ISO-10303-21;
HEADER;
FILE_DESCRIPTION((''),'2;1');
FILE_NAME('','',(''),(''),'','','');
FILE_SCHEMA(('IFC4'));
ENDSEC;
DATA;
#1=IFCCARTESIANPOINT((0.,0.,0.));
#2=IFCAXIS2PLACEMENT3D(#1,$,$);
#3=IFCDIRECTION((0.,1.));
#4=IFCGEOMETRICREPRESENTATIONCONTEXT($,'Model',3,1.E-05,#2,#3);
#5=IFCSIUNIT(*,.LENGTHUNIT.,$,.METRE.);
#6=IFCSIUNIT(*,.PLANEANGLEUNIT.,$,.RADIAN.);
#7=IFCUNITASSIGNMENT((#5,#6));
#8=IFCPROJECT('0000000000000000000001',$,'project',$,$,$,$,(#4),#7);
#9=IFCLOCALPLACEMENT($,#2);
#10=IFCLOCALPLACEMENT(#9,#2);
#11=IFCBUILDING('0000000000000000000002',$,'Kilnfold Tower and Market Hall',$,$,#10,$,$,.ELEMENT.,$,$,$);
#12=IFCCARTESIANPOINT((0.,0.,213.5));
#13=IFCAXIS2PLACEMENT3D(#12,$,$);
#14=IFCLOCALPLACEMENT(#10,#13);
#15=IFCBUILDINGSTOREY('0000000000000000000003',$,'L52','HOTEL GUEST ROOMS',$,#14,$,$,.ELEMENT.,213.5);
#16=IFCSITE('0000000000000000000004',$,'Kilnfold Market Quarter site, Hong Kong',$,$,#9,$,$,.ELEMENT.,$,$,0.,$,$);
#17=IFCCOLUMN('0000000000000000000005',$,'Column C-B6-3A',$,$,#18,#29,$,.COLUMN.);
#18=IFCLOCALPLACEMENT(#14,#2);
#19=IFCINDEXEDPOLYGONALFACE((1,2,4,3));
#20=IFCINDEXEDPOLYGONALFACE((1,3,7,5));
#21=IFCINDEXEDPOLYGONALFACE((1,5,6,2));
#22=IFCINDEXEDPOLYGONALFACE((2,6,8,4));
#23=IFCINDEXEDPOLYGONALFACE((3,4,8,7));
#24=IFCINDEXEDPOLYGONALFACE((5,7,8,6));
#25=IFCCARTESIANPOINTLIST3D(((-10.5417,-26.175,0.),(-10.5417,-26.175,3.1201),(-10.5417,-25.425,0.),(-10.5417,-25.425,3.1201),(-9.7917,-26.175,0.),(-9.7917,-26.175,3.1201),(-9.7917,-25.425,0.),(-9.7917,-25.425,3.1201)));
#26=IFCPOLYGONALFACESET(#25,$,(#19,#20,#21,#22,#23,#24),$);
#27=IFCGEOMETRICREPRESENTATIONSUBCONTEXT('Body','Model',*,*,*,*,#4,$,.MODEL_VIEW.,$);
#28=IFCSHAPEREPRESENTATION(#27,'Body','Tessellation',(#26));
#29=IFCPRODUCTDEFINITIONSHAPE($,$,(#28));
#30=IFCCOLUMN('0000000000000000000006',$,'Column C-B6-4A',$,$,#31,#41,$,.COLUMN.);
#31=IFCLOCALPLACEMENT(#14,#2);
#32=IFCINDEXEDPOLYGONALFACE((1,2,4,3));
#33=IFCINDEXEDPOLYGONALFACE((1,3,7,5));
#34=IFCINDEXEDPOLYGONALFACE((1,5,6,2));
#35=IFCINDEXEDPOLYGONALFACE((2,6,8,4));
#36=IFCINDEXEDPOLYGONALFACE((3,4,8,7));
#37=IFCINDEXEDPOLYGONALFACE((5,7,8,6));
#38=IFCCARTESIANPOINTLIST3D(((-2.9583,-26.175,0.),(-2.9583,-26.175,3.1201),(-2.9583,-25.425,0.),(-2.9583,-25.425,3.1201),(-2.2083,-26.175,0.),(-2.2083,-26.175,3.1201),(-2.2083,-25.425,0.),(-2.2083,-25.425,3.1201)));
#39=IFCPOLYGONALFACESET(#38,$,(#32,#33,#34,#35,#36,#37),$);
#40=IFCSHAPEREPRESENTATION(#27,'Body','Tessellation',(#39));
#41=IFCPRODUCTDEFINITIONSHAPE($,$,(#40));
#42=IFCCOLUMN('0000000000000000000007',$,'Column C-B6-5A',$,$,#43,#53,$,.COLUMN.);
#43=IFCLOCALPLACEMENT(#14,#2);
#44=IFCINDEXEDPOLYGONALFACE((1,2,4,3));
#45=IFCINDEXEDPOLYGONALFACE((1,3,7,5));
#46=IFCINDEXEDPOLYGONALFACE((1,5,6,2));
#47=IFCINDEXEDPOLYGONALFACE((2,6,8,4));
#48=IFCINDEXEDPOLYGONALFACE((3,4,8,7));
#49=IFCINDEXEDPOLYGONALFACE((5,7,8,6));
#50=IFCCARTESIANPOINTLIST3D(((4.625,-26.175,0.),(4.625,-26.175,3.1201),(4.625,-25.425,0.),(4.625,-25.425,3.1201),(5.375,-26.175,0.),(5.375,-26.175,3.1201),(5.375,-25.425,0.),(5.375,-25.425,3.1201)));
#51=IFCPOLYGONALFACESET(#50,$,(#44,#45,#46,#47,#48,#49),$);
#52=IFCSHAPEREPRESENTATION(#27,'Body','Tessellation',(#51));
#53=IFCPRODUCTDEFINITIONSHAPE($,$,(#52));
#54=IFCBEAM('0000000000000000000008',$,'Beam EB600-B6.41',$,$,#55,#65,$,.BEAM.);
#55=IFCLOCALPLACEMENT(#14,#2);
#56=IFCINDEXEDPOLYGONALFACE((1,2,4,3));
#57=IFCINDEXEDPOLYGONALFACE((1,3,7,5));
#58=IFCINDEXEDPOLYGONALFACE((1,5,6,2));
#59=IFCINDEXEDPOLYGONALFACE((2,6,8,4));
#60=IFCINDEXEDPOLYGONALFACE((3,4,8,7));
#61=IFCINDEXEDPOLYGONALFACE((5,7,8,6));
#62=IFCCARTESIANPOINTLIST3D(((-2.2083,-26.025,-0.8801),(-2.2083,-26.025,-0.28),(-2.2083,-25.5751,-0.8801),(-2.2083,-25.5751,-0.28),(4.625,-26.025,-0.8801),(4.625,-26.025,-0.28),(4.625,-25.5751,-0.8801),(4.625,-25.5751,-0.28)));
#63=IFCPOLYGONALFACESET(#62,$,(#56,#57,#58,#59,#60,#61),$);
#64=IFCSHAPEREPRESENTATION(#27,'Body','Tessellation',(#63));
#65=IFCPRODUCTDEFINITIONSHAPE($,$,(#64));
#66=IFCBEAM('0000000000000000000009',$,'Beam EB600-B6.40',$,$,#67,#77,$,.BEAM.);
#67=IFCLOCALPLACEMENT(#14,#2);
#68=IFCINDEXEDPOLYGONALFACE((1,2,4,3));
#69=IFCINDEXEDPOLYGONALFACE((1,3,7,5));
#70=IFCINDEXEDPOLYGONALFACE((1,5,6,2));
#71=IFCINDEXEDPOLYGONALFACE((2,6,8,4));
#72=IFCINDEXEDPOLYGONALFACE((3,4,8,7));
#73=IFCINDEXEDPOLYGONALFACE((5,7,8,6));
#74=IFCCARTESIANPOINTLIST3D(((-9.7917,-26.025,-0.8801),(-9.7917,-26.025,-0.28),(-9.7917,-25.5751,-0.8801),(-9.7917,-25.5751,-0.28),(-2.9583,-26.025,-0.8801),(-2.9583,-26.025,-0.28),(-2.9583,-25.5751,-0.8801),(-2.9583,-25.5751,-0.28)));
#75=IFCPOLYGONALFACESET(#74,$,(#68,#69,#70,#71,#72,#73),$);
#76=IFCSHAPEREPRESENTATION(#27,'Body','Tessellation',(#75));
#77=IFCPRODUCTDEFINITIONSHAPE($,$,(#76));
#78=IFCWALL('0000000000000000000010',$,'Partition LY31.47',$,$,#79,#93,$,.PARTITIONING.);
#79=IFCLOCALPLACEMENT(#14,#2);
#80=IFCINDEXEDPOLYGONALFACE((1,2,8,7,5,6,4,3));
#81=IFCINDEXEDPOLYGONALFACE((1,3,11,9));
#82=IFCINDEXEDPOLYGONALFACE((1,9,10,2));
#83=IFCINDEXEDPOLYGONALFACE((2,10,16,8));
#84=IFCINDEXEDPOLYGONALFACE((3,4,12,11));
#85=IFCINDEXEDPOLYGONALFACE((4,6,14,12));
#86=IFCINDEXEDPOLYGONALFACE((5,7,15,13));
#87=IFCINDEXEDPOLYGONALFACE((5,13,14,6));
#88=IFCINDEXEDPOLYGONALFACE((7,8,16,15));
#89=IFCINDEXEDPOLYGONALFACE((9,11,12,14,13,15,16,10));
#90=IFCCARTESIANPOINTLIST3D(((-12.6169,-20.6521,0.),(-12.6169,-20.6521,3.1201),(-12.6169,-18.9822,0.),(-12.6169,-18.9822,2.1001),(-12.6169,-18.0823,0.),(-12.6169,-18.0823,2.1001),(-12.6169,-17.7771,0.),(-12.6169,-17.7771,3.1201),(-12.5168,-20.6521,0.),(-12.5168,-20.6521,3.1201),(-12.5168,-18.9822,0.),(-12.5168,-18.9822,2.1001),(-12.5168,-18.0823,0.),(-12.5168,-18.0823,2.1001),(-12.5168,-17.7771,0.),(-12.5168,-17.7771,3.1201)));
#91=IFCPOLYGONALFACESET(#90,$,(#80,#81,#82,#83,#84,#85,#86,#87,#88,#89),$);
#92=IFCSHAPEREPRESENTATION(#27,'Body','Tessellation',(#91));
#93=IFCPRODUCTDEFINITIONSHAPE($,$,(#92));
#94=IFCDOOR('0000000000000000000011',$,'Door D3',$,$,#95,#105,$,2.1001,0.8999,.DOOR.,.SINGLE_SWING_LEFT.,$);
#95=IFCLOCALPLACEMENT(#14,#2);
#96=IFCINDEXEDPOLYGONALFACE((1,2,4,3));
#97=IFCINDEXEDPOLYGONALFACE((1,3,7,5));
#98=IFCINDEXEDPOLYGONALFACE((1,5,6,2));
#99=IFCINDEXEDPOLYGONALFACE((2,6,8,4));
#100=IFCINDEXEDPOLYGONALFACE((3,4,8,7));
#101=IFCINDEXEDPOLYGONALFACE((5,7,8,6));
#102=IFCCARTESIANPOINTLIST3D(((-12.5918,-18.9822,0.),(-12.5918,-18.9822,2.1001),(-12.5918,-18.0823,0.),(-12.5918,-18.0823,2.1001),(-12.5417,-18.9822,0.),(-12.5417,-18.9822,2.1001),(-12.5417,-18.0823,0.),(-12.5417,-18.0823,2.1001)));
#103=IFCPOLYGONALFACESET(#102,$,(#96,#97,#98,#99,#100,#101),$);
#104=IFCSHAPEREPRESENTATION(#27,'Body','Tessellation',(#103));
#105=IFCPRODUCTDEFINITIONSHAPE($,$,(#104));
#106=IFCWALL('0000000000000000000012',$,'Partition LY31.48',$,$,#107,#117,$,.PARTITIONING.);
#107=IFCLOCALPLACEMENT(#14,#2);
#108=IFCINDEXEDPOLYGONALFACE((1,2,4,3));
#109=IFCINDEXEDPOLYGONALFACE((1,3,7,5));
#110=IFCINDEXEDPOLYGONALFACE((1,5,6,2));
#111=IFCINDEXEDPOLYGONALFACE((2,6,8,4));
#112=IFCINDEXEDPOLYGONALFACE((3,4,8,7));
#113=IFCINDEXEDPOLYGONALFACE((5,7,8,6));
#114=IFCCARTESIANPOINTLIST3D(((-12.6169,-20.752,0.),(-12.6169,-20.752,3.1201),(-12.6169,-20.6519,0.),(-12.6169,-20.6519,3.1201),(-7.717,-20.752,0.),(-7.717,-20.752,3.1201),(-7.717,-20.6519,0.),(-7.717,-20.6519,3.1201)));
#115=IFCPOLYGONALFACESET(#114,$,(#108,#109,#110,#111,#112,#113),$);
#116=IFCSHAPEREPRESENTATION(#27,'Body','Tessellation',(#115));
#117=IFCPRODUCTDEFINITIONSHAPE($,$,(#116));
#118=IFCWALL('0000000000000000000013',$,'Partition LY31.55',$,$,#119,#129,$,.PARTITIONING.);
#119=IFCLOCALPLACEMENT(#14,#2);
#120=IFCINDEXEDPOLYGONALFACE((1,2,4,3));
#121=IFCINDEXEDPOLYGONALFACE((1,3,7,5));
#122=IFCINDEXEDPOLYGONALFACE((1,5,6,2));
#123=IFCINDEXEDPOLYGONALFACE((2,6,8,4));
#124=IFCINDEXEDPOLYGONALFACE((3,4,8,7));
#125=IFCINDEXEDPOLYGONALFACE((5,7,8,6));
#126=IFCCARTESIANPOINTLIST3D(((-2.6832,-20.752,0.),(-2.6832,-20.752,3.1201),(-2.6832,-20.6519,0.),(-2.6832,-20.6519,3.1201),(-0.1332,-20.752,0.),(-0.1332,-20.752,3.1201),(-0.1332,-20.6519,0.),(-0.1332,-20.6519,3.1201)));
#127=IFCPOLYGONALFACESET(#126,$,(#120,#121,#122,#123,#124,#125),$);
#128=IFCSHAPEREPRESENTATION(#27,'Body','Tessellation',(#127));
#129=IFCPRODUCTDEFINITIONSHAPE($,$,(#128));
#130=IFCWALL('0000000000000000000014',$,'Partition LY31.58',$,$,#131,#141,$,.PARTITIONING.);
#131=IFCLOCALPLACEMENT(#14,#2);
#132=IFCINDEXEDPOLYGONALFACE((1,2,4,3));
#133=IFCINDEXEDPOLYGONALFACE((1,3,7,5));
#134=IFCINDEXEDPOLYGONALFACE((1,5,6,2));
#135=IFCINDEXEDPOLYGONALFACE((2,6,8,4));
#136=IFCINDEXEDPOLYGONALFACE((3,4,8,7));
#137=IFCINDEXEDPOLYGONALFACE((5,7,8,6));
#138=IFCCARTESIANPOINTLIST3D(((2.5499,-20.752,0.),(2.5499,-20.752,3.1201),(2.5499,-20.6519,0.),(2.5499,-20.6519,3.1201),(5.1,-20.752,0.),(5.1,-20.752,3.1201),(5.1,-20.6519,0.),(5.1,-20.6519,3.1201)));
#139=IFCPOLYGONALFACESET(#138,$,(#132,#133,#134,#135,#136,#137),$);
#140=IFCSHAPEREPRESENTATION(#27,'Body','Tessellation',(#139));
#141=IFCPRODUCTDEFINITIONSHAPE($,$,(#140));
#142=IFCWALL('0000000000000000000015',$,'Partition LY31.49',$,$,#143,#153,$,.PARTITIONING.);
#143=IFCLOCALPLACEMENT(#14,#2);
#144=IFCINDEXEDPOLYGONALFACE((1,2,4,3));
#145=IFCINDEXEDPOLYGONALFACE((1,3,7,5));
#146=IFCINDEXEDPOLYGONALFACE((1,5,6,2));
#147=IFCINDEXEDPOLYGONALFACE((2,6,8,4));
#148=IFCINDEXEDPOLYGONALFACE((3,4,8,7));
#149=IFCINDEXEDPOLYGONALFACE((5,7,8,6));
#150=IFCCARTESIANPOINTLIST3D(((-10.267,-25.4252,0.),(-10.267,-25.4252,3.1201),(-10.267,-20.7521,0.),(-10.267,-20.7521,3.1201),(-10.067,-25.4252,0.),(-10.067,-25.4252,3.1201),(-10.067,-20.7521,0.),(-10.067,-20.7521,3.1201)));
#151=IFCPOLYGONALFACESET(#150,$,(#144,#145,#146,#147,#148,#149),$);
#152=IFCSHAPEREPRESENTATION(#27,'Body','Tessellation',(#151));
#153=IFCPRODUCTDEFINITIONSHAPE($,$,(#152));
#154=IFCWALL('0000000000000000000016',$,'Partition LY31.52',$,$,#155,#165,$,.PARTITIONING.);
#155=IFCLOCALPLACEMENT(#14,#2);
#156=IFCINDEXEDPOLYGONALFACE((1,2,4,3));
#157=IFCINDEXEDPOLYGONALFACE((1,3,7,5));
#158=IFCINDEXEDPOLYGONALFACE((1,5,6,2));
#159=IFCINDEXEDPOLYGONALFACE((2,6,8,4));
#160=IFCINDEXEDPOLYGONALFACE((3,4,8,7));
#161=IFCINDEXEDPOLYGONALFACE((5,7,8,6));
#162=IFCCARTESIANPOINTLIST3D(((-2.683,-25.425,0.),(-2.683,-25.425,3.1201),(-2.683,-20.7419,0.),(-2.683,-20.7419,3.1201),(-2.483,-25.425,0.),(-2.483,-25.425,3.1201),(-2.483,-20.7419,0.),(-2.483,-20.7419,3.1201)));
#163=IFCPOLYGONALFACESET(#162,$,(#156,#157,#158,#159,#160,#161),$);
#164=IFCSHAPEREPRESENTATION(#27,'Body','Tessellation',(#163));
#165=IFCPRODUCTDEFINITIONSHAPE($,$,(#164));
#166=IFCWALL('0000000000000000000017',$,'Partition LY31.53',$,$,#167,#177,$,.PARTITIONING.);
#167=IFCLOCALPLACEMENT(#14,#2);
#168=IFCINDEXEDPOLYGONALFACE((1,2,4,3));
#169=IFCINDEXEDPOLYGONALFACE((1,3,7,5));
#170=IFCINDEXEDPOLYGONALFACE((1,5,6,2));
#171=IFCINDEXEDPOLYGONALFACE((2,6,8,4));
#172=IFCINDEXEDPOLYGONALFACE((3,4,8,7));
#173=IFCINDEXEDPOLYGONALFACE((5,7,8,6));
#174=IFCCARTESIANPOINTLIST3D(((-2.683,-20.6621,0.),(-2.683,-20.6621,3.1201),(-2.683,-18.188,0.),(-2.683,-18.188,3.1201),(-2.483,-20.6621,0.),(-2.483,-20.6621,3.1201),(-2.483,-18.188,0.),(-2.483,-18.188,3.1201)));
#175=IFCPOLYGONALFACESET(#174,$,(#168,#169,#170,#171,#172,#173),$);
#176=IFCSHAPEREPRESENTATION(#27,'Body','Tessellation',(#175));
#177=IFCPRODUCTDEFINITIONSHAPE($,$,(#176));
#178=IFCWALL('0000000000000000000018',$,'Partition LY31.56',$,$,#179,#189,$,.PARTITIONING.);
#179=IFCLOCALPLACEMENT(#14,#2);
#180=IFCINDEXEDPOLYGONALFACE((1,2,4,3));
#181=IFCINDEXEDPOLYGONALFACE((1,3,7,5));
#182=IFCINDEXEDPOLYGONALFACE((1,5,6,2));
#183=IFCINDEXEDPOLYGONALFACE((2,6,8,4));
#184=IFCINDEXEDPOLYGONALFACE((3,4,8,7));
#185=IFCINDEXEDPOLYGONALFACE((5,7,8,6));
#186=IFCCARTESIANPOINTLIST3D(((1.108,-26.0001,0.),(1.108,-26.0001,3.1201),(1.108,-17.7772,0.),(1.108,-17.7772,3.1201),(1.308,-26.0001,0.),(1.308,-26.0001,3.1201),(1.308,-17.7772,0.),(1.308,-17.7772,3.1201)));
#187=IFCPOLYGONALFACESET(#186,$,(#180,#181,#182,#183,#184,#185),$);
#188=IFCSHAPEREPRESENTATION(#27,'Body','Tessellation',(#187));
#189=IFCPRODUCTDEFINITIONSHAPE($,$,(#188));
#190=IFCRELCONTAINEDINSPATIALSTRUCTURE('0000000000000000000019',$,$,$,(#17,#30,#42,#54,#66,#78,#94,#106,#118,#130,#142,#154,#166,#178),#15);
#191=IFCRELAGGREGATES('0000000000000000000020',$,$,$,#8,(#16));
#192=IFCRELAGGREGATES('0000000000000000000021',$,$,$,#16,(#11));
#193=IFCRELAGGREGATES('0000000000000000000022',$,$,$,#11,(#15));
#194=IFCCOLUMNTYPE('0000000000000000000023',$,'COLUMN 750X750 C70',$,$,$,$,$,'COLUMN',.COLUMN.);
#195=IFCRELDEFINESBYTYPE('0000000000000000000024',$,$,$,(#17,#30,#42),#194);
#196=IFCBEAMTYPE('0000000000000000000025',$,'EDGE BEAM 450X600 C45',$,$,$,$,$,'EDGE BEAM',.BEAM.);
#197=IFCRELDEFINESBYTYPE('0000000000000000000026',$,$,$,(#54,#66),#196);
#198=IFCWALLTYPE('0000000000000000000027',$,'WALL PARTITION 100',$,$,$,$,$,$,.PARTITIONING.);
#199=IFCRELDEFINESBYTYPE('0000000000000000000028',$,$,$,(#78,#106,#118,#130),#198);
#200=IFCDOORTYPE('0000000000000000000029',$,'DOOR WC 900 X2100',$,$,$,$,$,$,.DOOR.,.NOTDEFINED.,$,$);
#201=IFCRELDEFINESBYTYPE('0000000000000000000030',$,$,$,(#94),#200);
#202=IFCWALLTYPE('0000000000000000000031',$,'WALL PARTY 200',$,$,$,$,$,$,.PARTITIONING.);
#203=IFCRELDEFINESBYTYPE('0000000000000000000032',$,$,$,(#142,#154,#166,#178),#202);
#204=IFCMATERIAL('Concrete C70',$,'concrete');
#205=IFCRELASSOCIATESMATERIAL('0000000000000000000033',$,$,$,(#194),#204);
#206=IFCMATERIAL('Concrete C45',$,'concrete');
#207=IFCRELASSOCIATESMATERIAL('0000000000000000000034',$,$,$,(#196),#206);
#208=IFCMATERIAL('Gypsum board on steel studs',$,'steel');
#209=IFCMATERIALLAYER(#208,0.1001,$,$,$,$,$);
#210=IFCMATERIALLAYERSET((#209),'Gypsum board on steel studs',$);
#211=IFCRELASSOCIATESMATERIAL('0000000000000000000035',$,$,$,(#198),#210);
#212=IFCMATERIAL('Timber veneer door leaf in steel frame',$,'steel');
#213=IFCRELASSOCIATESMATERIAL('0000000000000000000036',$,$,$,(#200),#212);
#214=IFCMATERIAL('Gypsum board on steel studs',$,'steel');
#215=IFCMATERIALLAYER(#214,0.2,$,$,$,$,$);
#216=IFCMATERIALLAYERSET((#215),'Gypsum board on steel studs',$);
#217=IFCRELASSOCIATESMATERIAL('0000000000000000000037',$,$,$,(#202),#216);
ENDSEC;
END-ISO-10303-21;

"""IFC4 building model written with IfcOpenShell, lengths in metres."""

from ifc_helpers import new_model, si_unit, direction, frame, frame_2d, origin, origin_2d, place, context, subcontext, project, spatial, rectangle, extrude, source, transform, mapped, material, layer, layer_set, material_profile, profile_set, type_object, element, fill, save


model = new_model("IFC4")

# Units and contexts
model_context = context("Model", 3, precision=1e-05, world=origin(), true_north=direction((0.0, 1.0)))
body_context = subcontext(model_context, "Body", "Model", "MODEL_VIEW")
ifc_project = project(units=[si_unit("LENGTHUNIT", "METRE"), si_unit("PLANEANGLEUNIT", "RADIAN")], contexts=[model_context])

# Site, building, storey
site_placement = place(None, origin())
site = spatial("IfcSite", under=ifc_project, at=site_placement, Name="Kilnfold Market Quarter site, Hong Kong", CompositionType="ELEMENT", RefElevation=0.0)
building_placement = place(site_placement, origin())
building = spatial("IfcBuilding", under=site, at=building_placement, Name="Kilnfold Tower and Market Hall", CompositionType="ELEMENT")
storey_placement = place(building_placement, frame((0.0, 0.0, 213.5)))
storey = spatial("IfcBuildingStorey", under=building, at=storey_placement, Name="L52", Description="HOTEL GUEST ROOMS", CompositionType="ELEMENT", Elevation=213.5)

# Columns
ifc_material_1 = material(Name="Concrete C70", Category="concrete")
ifc_material_profile_1 = material_profile(ifc_material_1, rectangle(XDim=0.75, YDim=0.75, at=origin_2d()), Name="RC 750x750")
ifc_profile_set_1 = profile_set([ifc_material_profile_1], Name="Concrete C70")
column_type = type_object("IfcColumnType", Name="COLUMN 750X750 C70", ElementType="COLUMN", PredefinedType="COLUMN", material=ifc_profile_set_1)
shared_shape_1 = source(origin(), body_context, "Body", "SweptSolid", [
    extrude(rectangle(XDim=0.75, YDim=0.75, at=origin_2d()), origin(), (0.0, 0.0, 1.0), 3.1201),
])
for number, where, z_axis, x_axis, name in (
    (1, (-10.1667, -25.8, 0.0), (0.0, 0.0, 1.0), (1.0, 0.0, 0.0), "Column C-B6-3A"),
    (2, (-2.5833, -25.8, 0.0), (0.0, 0.0, 1.0), (1.0, 0.0, 0.0), "Column C-B6-4A"),
    (3, (5.0, -25.8, 0.0), (0.0, 0.0, 1.0), (1.0, 0.0, 0.0), "Column C-B6-5A"),
):
    element("IfcColumn", number, at=place(storey_placement, frame(where, z_axis=z_axis, x_axis=x_axis)), inside=storey, type_object=column_type, Name=name, PredefinedType="COLUMN", context=body_context, shape_type="MappedRepresentation", body=[
        mapped(shared_shape_1, transform((0.0, 0.0, 0.0))),
    ])

# Beams
ifc_material_2 = material(Name="Concrete C45", Category="concrete")
ifc_material_profile_2 = material_profile(ifc_material_2, rectangle(XDim=0.45, YDim=0.6001, at=origin_2d()), Name="RC 450x600")
ifc_profile_set_2 = profile_set([ifc_material_profile_2], Name="Concrete C45")
beam_type = type_object("IfcBeamType", Name="EDGE BEAM 450X600 C45", ElementType="EDGE BEAM", PredefinedType="BEAM", material=ifc_profile_set_2)
shared_shape_2 = source(origin(), body_context, "Body", "SweptSolid", [
    extrude(rectangle(XDim=0.45, YDim=0.6001, at=origin_2d()), origin(), (0.0, 0.0, 1.0), 6.8333),
])
beam_1_placement = place(storey_placement, frame((-2.2083, -25.8, -0.5801), z_axis=(1.0, 0.0, 0.0), x_axis=(0.0, 1.0, 0.0)))
element("IfcBeam", 4, at=beam_1_placement, inside=storey, type_object=beam_type, Name="Beam EB600-B6.41", PredefinedType="BEAM", context=body_context, shape_type="MappedRepresentation", body=[
    mapped(shared_shape_2, transform((0.0, 0.0, 0.0))),
])
shared_shape_3 = source(origin(), body_context, "Body", "SweptSolid", [
    extrude(rectangle(XDim=0.45, YDim=0.6001, at=origin_2d()), origin(), (0.0, 0.0, 1.0), 6.8335),
])
beam_2_placement = place(storey_placement, frame((-9.7917, -25.8, -0.5801), z_axis=(1.0, 0.0, 0.0), x_axis=(0.0, 1.0, 0.0)))
element("IfcBeam", 5, at=beam_2_placement, inside=storey, type_object=beam_type, Name="Beam EB600-B6.40", PredefinedType="BEAM", context=body_context, shape_type="MappedRepresentation", body=[
    mapped(shared_shape_3, transform((0.0, 0.0, 0.0))),
])

# Wall, opening, door
ifc_material_3 = material(Name="Gypsum board on steel studs", Category="steel")
ifc_layer_1 = layer(ifc_material_3, 0.1001)
ifc_layer_set_1 = layer_set([ifc_layer_1], Name="Gypsum board on steel studs")
wall_type_1 = type_object("IfcWallType", Name="WALL PARTITION 100", PredefinedType="PARTITIONING", material=ifc_layer_set_1)
wall_1_placement = place(storey_placement, frame((-12.5669, -20.6521, 0.0), z_axis=(0.0, 0.0, 1.0), x_axis=(0.0, 1.0, 0.0)))
wall_1 = element("IfcWall", 6, at=wall_1_placement, inside=storey, type_object=wall_type_1, Name="Partition LY31.47", PredefinedType="PARTITIONING", context=body_context, shape_type="SweptSolid", body=[
    extrude(rectangle(XDim=2.875, YDim=0.1001, at=frame_2d((1.4375, 0.0))), origin(), (0.0, 0.0, 1.0), 3.1201),
])
opening_1_placement = place(wall_1_placement, frame((1.6699, 0.0, 0.0)))
opening_1 = element("IfcOpeningElement", 7, at=opening_1_placement, cuts=wall_1, PredefinedType="OPENING", context=body_context, shape_type="SweptSolid", body=[
    extrude(rectangle(XDim=0.8999, YDim=2.1001, at=frame_2d((0.45, 1.05))), frame((0.0, 0.0601, 0.0), z_axis=(0.0, -1.0, 0.0), x_axis=(1.0, 0.0, 0.0)), (0.0, 0.0, 1.0), 0.1201),
])
ifc_material_4 = material(Name="Timber veneer door leaf in steel frame", Category="steel")
door_type = type_object("IfcDoorType", Name="DOOR WC 900 X2100", OperationType="NOTDEFINED", PredefinedType="DOOR", material=ifc_material_4)
door_placement = place(opening_1_placement, origin())
door = element("IfcDoor", 8, at=door_placement, inside=storey, type_object=door_type, Name="Door D3", OperationType="SINGLE_SWING_LEFT", OverallHeight=2.1001, OverallWidth=0.8999, PredefinedType="DOOR", context=body_context, shape_type="SweptSolid", body=[
    extrude(rectangle(XDim=0.8999, YDim=2.1001, at=frame_2d((0.45, 1.05))), frame((0.0, 0.0249, 0.0), z_axis=(0.0, -1.0, 0.0), x_axis=(1.0, 0.0, 0.0)), (0.0, 0.0, 1.0), 0.05),
])
fill(opening_1, door)

# Walls
wall_2_placement = place(storey_placement, frame((-12.6169, -20.7019, 0.0), z_axis=(0.0, 0.0, 1.0), x_axis=(1.0, 0.0, 0.0)))
element("IfcWall", 9, at=wall_2_placement, inside=storey, type_object=wall_type_1, Name="Partition LY31.48", PredefinedType="PARTITIONING", context=body_context, shape_type="SweptSolid", body=[
    extrude(rectangle(XDim=4.8999, YDim=0.1001, at=frame_2d((2.45, 0.0))), origin(), (0.0, 0.0, 1.0), 3.1201),
])
for number, where, z_axis, x_axis, name in (
    (10, (-2.6831, -20.7019, 0.0), (0.0, 0.0, 1.0), (1.0, 0.0, 0.0), "Partition LY31.55"),
    (11, (2.55, -20.7019, 0.0), (0.0, 0.0, 1.0), (1.0, 0.0, 0.0), "Partition LY31.58"),
):
    element("IfcWall", number, at=place(storey_placement, frame(where, z_axis=z_axis, x_axis=x_axis)), inside=storey, type_object=wall_type_1, Name=name, PredefinedType="PARTITIONING", context=body_context, shape_type="SweptSolid", body=[
        extrude(rectangle(XDim=2.55, YDim=0.1001, at=frame_2d((1.2749, 0.0))), origin(), (0.0, 0.0, 1.0), 3.1201),
    ])
ifc_material_5 = material(Name="Gypsum board on steel studs", Category="steel")
ifc_layer_2 = layer(ifc_material_5, 0.2)
ifc_layer_set_2 = layer_set([ifc_layer_2], Name="Gypsum board on steel studs")
wall_type_2 = type_object("IfcWallType", Name="WALL PARTY 200", PredefinedType="PARTITIONING", material=ifc_layer_set_2)
wall_3_placement = place(storey_placement, frame((-10.167, -25.425, 0.0), z_axis=(0.0, 0.0, 1.0), x_axis=(0.0, 1.0, 0.0)))
element("IfcWall", 12, at=wall_3_placement, inside=storey, type_object=wall_type_2, Name="Partition LY31.49", PredefinedType="PARTITIONING", context=body_context, shape_type="SweptSolid", body=[
    extrude(rectangle(XDim=4.6731, YDim=0.2, at=frame_2d((2.3364, 0.0))), origin(), (0.0, 0.0, 1.0), 3.1201),
])
wall_4_placement = place(storey_placement, frame((-2.583, -25.425, 0.0), z_axis=(0.0, 0.0, 1.0), x_axis=(0.0, 1.0, 0.0)))
element("IfcWall", 13, at=wall_4_placement, inside=storey, type_object=wall_type_2, Name="Partition LY31.52", PredefinedType="PARTITIONING", context=body_context, shape_type="SweptSolid", body=[
    extrude(rectangle(XDim=4.6831, YDim=0.2, at=frame_2d((2.3416, 0.0))), origin(), (0.0, 0.0, 1.0), 3.1201),
])
wall_5_placement = place(storey_placement, frame((-2.583, -20.6621, 0.0), z_axis=(0.0, 0.0, 1.0), x_axis=(0.0, 1.0, 0.0)))
element("IfcWall", 14, at=wall_5_placement, inside=storey, type_object=wall_type_2, Name="Partition LY31.53", PredefinedType="PARTITIONING", context=body_context, shape_type="SweptSolid", body=[
    extrude(rectangle(XDim=2.4741, YDim=0.2, at=frame_2d((1.2371, 0.0))), origin(), (0.0, 0.0, 1.0), 3.1201),
])
wall_6_placement = place(storey_placement, frame((1.208, -26.0, 0.0), z_axis=(0.0, 0.0, 1.0), x_axis=(0.0, 1.0, 0.0)))
element("IfcWall", 15, at=wall_6_placement, inside=storey, type_object=wall_type_2, Name="Partition LY31.56", PredefinedType="PARTITIONING", context=body_context, shape_type="SweptSolid", body=[
    extrude(rectangle(XDim=8.2229, YDim=0.2, at=frame_2d((4.1113, 0.0))), origin(), (0.0, 0.0, 1.0), 3.1201),
])

save(model, "model.ifc")
